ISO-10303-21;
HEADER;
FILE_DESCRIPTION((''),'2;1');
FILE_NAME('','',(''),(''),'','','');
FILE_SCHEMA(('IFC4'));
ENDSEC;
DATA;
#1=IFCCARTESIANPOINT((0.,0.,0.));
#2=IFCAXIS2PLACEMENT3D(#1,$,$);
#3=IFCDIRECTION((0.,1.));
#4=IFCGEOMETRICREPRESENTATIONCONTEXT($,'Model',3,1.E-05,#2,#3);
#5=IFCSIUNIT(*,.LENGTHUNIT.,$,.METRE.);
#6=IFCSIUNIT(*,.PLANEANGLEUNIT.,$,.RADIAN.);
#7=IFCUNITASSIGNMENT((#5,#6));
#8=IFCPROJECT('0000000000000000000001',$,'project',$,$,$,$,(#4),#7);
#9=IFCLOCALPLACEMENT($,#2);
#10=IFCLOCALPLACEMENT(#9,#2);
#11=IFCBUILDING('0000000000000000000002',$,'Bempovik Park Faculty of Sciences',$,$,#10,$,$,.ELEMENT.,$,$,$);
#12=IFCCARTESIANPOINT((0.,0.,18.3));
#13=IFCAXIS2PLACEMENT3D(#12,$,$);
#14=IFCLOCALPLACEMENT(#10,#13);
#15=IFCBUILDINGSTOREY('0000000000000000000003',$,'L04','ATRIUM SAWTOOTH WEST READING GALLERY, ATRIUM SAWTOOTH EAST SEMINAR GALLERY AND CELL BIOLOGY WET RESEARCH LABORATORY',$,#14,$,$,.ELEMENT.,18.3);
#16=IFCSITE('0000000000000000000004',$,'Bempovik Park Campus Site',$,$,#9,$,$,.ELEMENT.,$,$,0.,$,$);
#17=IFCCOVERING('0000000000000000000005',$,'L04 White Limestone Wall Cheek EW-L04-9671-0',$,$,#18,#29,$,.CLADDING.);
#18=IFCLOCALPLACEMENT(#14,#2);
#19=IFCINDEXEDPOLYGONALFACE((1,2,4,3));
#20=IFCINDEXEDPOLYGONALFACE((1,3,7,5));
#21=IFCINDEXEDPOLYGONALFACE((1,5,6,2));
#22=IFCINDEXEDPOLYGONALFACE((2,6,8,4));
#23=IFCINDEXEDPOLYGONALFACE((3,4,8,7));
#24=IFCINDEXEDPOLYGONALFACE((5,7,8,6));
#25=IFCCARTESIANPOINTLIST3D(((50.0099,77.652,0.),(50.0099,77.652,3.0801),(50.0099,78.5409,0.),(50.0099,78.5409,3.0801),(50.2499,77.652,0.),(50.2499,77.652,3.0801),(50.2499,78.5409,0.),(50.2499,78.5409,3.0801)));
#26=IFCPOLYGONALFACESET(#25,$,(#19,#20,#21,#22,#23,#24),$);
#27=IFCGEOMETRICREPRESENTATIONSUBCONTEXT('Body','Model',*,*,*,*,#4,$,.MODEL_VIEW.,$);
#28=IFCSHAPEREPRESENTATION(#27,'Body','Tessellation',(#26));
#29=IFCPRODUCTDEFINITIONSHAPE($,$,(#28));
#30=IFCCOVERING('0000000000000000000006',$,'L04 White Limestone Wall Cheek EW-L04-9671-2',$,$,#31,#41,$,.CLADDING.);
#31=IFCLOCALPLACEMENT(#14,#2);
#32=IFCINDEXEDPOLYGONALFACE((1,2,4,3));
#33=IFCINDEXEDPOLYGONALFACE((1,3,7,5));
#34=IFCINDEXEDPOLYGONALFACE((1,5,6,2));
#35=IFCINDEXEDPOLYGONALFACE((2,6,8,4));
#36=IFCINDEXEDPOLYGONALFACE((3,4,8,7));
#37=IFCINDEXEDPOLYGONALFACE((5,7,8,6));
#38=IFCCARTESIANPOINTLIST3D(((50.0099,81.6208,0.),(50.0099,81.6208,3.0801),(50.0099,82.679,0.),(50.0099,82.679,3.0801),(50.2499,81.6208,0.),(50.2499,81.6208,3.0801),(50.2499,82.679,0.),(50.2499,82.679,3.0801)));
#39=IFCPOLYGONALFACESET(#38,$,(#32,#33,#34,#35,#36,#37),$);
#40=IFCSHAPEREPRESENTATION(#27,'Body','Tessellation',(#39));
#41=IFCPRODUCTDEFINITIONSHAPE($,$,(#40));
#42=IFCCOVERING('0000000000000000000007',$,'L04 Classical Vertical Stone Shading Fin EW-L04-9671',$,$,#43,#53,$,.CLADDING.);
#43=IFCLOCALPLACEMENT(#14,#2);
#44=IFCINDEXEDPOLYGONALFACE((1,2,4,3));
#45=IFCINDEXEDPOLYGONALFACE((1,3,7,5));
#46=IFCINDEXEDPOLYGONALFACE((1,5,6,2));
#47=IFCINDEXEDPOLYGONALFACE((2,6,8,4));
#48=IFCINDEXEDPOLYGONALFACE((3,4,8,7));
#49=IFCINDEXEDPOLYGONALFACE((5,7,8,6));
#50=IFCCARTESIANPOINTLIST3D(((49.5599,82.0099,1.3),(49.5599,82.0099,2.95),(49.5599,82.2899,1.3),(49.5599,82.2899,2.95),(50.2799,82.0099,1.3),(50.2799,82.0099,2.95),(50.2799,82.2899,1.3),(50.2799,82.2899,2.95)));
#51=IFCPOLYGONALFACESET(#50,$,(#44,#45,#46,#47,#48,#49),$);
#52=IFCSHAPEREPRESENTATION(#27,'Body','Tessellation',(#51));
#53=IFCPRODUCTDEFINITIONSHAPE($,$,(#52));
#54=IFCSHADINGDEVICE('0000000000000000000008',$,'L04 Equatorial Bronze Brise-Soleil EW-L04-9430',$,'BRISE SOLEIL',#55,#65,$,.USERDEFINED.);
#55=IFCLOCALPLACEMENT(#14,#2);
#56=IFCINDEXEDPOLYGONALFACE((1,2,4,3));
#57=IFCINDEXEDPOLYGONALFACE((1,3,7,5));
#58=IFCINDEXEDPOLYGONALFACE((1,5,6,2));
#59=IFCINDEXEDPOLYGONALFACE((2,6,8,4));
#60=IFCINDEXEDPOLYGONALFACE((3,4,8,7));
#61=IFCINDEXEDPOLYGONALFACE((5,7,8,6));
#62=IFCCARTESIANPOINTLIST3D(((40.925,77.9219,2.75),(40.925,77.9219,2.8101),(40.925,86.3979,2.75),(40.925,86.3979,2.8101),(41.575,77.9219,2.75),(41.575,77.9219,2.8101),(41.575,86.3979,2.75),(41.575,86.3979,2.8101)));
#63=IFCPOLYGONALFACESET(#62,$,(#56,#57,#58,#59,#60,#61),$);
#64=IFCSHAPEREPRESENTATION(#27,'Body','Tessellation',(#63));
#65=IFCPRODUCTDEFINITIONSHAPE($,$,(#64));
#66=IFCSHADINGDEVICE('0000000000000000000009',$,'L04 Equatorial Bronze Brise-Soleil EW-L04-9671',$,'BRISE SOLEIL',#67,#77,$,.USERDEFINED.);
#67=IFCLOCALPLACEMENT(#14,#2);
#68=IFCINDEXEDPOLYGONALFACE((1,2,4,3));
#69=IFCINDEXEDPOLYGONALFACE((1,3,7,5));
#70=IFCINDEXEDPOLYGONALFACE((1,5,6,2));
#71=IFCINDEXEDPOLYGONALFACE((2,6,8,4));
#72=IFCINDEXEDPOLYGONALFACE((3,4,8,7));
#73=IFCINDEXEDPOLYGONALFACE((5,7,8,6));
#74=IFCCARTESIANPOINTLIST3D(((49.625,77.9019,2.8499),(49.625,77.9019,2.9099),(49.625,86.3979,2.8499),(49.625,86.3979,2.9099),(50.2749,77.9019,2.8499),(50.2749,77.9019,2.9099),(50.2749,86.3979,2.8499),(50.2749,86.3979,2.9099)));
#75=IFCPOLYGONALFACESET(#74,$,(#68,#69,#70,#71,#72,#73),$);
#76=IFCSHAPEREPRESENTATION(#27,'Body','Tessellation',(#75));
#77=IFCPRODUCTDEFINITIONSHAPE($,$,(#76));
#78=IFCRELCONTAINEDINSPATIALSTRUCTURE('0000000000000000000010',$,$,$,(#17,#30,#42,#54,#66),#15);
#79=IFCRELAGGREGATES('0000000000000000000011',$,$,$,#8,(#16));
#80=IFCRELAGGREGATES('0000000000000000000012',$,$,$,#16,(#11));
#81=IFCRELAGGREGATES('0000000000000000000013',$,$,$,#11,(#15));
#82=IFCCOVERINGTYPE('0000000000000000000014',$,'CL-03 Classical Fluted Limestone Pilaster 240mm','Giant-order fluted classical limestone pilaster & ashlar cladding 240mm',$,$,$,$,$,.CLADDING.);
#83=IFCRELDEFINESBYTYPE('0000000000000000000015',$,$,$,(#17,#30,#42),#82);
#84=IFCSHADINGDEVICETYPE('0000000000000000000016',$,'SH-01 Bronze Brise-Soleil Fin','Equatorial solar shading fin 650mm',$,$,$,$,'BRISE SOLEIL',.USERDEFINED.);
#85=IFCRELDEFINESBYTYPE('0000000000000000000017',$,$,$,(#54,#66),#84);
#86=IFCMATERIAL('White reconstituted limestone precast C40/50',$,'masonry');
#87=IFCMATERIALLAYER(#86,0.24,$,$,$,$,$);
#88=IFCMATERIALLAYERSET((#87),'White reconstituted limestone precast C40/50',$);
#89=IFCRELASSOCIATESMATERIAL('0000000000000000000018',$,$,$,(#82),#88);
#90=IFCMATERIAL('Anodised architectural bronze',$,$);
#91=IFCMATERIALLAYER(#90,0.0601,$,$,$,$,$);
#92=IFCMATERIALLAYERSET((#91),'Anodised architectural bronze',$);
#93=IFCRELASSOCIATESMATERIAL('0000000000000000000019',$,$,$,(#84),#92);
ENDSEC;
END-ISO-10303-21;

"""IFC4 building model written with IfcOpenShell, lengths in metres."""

from ifc_helpers import new_model, si_unit, direction, frame, origin, origin_2d, place, context, subcontext, project, spatial, rectangle, extrude, material, layer, layer_set, type_object, element, save


model = new_model("IFC4")

# Units and contexts
model_context = context("Model", 3, precision=1e-05, world=origin(), true_north=direction((0.0, 1.0)))
body_context = subcontext(model_context, "Body", "Model", "MODEL_VIEW")
ifc_project = project(units=[si_unit("LENGTHUNIT", "METRE"), si_unit("PLANEANGLEUNIT", "RADIAN")], contexts=[model_context])

# Site, building, storey
site_placement = place(None, origin())
site = spatial("IfcSite", under=ifc_project, at=site_placement, Name="Bempovik Park Campus Site", CompositionType="ELEMENT", RefElevation=0.0)
building_placement = place(site_placement, origin())
building = spatial("IfcBuilding", under=site, at=building_placement, Name="Bempovik Park Faculty of Sciences", CompositionType="ELEMENT")
storey_placement = place(building_placement, frame((0.0, 0.0, 18.3)))
storey = spatial("IfcBuildingStorey", under=building, at=storey_placement, Name="L04", Description="ATRIUM SAWTOOTH WEST READING GALLERY, ATRIUM SAWTOOTH EAST SEMINAR GALLERY AND CELL BIOLOGY WET RESEARCH LABORATORY", CompositionType="ELEMENT", Elevation=18.3)

# Coverings
ifc_material_1 = material(Name="White reconstituted limestone precast C40/50", Category="masonry")
ifc_layer_1 = layer(ifc_material_1, 0.24)
ifc_layer_set_1 = layer_set([ifc_layer_1], Name="White reconstituted limestone precast C40/50")
covering_type_1 = type_object("IfcCoveringType", Name="CL-03 Classical Fluted Limestone Pilaster 240mm", Description="Giant-order fluted classical limestone pilaster & ashlar cladding 240mm", PredefinedType="CLADDING", material=ifc_layer_set_1)
covering_1_placement = place(storey_placement, frame((50.1299, 78.0964, 0.0), z_axis=(0.0, 0.0, 1.0), x_axis=(1.0, 0.0, 0.0)))
element("IfcCovering", 1, at=covering_1_placement, inside=storey, type_object=covering_type_1, Name="L04 White Limestone Wall Cheek EW-L04-9671-0", PredefinedType="CLADDING", context=body_context, shape_type="SweptSolid", body=[
    extrude(rectangle(XDim=0.24, YDim=0.8889, at=origin_2d()), origin(), (0.0, 0.0, 1.0), 3.0801),
])
covering_2_placement = place(storey_placement, frame((50.1299, 82.1499, 0.0), z_axis=(0.0, 0.0, 1.0), x_axis=(1.0, 0.0, 0.0)))
element("IfcCovering", 2, at=covering_2_placement, inside=storey, type_object=covering_type_1, Name="L04 White Limestone Wall Cheek EW-L04-9671-2", PredefinedType="CLADDING", context=body_context, shape_type="SweptSolid", body=[
    extrude(rectangle(XDim=0.24, YDim=1.0581, at=origin_2d()), origin(), (0.0, 0.0, 1.0), 3.0801),
])
covering_3_placement = place(storey_placement, frame((49.9199, 82.1499, 1.3), z_axis=(0.0, 0.0, 1.0), x_axis=(1.0, 0.0, 0.0)))
element("IfcCovering", 3, at=covering_3_placement, inside=storey, type_object=covering_type_1, Name="L04 Classical Vertical Stone Shading Fin EW-L04-9671", PredefinedType="CLADDING", context=body_context, shape_type="SweptSolid", body=[
    extrude(rectangle(XDim=0.72, YDim=0.28, at=origin_2d()), origin(), (0.0, 0.0, 1.0), 1.6499),
])

# Shading devices
ifc_material_2 = material(Name="Anodised architectural bronze")
ifc_layer_2 = layer(ifc_material_2, 0.0601)
ifc_layer_set_2 = layer_set([ifc_layer_2], Name="Anodised architectural bronze")
shading_device_type = type_object("IfcShadingDeviceType", Name="SH-01 Bronze Brise-Soleil Fin", Description="Equatorial solar shading fin 650mm", ElementType="BRISE SOLEIL", PredefinedType="USERDEFINED", material=ifc_layer_set_2)
shading_device_1_placement = place(storey_placement, frame((41.25, 82.1599, 2.75), z_axis=(0.0, 0.0, 1.0), x_axis=(1.0, 0.0, 0.0)))
element("IfcShadingDevice", 4, at=shading_device_1_placement, inside=storey, type_object=shading_device_type, Name="L04 Equatorial Bronze Brise-Soleil EW-L04-9430", ObjectType="BRISE SOLEIL", PredefinedType="USERDEFINED", context=body_context, shape_type="SweptSolid", body=[
    extrude(rectangle(XDim=0.6499, YDim=8.4761, at=origin_2d()), origin(), (0.0, 0.0, 1.0), 0.0601),
])
shading_device_2_placement = place(storey_placement, frame((49.95, 82.1499, 2.8499), z_axis=(0.0, 0.0, 1.0), x_axis=(1.0, 0.0, 0.0)))
element("IfcShadingDevice", 5, at=shading_device_2_placement, inside=storey, type_object=shading_device_type, Name="L04 Equatorial Bronze Brise-Soleil EW-L04-9671", ObjectType="BRISE SOLEIL", PredefinedType="USERDEFINED", context=body_context, shape_type="SweptSolid", body=[
    extrude(rectangle(XDim=0.6499, YDim=8.4961, at=origin_2d()), origin(), (0.0, 0.0, 1.0), 0.0601),
])

save(model, "model.ifc")
